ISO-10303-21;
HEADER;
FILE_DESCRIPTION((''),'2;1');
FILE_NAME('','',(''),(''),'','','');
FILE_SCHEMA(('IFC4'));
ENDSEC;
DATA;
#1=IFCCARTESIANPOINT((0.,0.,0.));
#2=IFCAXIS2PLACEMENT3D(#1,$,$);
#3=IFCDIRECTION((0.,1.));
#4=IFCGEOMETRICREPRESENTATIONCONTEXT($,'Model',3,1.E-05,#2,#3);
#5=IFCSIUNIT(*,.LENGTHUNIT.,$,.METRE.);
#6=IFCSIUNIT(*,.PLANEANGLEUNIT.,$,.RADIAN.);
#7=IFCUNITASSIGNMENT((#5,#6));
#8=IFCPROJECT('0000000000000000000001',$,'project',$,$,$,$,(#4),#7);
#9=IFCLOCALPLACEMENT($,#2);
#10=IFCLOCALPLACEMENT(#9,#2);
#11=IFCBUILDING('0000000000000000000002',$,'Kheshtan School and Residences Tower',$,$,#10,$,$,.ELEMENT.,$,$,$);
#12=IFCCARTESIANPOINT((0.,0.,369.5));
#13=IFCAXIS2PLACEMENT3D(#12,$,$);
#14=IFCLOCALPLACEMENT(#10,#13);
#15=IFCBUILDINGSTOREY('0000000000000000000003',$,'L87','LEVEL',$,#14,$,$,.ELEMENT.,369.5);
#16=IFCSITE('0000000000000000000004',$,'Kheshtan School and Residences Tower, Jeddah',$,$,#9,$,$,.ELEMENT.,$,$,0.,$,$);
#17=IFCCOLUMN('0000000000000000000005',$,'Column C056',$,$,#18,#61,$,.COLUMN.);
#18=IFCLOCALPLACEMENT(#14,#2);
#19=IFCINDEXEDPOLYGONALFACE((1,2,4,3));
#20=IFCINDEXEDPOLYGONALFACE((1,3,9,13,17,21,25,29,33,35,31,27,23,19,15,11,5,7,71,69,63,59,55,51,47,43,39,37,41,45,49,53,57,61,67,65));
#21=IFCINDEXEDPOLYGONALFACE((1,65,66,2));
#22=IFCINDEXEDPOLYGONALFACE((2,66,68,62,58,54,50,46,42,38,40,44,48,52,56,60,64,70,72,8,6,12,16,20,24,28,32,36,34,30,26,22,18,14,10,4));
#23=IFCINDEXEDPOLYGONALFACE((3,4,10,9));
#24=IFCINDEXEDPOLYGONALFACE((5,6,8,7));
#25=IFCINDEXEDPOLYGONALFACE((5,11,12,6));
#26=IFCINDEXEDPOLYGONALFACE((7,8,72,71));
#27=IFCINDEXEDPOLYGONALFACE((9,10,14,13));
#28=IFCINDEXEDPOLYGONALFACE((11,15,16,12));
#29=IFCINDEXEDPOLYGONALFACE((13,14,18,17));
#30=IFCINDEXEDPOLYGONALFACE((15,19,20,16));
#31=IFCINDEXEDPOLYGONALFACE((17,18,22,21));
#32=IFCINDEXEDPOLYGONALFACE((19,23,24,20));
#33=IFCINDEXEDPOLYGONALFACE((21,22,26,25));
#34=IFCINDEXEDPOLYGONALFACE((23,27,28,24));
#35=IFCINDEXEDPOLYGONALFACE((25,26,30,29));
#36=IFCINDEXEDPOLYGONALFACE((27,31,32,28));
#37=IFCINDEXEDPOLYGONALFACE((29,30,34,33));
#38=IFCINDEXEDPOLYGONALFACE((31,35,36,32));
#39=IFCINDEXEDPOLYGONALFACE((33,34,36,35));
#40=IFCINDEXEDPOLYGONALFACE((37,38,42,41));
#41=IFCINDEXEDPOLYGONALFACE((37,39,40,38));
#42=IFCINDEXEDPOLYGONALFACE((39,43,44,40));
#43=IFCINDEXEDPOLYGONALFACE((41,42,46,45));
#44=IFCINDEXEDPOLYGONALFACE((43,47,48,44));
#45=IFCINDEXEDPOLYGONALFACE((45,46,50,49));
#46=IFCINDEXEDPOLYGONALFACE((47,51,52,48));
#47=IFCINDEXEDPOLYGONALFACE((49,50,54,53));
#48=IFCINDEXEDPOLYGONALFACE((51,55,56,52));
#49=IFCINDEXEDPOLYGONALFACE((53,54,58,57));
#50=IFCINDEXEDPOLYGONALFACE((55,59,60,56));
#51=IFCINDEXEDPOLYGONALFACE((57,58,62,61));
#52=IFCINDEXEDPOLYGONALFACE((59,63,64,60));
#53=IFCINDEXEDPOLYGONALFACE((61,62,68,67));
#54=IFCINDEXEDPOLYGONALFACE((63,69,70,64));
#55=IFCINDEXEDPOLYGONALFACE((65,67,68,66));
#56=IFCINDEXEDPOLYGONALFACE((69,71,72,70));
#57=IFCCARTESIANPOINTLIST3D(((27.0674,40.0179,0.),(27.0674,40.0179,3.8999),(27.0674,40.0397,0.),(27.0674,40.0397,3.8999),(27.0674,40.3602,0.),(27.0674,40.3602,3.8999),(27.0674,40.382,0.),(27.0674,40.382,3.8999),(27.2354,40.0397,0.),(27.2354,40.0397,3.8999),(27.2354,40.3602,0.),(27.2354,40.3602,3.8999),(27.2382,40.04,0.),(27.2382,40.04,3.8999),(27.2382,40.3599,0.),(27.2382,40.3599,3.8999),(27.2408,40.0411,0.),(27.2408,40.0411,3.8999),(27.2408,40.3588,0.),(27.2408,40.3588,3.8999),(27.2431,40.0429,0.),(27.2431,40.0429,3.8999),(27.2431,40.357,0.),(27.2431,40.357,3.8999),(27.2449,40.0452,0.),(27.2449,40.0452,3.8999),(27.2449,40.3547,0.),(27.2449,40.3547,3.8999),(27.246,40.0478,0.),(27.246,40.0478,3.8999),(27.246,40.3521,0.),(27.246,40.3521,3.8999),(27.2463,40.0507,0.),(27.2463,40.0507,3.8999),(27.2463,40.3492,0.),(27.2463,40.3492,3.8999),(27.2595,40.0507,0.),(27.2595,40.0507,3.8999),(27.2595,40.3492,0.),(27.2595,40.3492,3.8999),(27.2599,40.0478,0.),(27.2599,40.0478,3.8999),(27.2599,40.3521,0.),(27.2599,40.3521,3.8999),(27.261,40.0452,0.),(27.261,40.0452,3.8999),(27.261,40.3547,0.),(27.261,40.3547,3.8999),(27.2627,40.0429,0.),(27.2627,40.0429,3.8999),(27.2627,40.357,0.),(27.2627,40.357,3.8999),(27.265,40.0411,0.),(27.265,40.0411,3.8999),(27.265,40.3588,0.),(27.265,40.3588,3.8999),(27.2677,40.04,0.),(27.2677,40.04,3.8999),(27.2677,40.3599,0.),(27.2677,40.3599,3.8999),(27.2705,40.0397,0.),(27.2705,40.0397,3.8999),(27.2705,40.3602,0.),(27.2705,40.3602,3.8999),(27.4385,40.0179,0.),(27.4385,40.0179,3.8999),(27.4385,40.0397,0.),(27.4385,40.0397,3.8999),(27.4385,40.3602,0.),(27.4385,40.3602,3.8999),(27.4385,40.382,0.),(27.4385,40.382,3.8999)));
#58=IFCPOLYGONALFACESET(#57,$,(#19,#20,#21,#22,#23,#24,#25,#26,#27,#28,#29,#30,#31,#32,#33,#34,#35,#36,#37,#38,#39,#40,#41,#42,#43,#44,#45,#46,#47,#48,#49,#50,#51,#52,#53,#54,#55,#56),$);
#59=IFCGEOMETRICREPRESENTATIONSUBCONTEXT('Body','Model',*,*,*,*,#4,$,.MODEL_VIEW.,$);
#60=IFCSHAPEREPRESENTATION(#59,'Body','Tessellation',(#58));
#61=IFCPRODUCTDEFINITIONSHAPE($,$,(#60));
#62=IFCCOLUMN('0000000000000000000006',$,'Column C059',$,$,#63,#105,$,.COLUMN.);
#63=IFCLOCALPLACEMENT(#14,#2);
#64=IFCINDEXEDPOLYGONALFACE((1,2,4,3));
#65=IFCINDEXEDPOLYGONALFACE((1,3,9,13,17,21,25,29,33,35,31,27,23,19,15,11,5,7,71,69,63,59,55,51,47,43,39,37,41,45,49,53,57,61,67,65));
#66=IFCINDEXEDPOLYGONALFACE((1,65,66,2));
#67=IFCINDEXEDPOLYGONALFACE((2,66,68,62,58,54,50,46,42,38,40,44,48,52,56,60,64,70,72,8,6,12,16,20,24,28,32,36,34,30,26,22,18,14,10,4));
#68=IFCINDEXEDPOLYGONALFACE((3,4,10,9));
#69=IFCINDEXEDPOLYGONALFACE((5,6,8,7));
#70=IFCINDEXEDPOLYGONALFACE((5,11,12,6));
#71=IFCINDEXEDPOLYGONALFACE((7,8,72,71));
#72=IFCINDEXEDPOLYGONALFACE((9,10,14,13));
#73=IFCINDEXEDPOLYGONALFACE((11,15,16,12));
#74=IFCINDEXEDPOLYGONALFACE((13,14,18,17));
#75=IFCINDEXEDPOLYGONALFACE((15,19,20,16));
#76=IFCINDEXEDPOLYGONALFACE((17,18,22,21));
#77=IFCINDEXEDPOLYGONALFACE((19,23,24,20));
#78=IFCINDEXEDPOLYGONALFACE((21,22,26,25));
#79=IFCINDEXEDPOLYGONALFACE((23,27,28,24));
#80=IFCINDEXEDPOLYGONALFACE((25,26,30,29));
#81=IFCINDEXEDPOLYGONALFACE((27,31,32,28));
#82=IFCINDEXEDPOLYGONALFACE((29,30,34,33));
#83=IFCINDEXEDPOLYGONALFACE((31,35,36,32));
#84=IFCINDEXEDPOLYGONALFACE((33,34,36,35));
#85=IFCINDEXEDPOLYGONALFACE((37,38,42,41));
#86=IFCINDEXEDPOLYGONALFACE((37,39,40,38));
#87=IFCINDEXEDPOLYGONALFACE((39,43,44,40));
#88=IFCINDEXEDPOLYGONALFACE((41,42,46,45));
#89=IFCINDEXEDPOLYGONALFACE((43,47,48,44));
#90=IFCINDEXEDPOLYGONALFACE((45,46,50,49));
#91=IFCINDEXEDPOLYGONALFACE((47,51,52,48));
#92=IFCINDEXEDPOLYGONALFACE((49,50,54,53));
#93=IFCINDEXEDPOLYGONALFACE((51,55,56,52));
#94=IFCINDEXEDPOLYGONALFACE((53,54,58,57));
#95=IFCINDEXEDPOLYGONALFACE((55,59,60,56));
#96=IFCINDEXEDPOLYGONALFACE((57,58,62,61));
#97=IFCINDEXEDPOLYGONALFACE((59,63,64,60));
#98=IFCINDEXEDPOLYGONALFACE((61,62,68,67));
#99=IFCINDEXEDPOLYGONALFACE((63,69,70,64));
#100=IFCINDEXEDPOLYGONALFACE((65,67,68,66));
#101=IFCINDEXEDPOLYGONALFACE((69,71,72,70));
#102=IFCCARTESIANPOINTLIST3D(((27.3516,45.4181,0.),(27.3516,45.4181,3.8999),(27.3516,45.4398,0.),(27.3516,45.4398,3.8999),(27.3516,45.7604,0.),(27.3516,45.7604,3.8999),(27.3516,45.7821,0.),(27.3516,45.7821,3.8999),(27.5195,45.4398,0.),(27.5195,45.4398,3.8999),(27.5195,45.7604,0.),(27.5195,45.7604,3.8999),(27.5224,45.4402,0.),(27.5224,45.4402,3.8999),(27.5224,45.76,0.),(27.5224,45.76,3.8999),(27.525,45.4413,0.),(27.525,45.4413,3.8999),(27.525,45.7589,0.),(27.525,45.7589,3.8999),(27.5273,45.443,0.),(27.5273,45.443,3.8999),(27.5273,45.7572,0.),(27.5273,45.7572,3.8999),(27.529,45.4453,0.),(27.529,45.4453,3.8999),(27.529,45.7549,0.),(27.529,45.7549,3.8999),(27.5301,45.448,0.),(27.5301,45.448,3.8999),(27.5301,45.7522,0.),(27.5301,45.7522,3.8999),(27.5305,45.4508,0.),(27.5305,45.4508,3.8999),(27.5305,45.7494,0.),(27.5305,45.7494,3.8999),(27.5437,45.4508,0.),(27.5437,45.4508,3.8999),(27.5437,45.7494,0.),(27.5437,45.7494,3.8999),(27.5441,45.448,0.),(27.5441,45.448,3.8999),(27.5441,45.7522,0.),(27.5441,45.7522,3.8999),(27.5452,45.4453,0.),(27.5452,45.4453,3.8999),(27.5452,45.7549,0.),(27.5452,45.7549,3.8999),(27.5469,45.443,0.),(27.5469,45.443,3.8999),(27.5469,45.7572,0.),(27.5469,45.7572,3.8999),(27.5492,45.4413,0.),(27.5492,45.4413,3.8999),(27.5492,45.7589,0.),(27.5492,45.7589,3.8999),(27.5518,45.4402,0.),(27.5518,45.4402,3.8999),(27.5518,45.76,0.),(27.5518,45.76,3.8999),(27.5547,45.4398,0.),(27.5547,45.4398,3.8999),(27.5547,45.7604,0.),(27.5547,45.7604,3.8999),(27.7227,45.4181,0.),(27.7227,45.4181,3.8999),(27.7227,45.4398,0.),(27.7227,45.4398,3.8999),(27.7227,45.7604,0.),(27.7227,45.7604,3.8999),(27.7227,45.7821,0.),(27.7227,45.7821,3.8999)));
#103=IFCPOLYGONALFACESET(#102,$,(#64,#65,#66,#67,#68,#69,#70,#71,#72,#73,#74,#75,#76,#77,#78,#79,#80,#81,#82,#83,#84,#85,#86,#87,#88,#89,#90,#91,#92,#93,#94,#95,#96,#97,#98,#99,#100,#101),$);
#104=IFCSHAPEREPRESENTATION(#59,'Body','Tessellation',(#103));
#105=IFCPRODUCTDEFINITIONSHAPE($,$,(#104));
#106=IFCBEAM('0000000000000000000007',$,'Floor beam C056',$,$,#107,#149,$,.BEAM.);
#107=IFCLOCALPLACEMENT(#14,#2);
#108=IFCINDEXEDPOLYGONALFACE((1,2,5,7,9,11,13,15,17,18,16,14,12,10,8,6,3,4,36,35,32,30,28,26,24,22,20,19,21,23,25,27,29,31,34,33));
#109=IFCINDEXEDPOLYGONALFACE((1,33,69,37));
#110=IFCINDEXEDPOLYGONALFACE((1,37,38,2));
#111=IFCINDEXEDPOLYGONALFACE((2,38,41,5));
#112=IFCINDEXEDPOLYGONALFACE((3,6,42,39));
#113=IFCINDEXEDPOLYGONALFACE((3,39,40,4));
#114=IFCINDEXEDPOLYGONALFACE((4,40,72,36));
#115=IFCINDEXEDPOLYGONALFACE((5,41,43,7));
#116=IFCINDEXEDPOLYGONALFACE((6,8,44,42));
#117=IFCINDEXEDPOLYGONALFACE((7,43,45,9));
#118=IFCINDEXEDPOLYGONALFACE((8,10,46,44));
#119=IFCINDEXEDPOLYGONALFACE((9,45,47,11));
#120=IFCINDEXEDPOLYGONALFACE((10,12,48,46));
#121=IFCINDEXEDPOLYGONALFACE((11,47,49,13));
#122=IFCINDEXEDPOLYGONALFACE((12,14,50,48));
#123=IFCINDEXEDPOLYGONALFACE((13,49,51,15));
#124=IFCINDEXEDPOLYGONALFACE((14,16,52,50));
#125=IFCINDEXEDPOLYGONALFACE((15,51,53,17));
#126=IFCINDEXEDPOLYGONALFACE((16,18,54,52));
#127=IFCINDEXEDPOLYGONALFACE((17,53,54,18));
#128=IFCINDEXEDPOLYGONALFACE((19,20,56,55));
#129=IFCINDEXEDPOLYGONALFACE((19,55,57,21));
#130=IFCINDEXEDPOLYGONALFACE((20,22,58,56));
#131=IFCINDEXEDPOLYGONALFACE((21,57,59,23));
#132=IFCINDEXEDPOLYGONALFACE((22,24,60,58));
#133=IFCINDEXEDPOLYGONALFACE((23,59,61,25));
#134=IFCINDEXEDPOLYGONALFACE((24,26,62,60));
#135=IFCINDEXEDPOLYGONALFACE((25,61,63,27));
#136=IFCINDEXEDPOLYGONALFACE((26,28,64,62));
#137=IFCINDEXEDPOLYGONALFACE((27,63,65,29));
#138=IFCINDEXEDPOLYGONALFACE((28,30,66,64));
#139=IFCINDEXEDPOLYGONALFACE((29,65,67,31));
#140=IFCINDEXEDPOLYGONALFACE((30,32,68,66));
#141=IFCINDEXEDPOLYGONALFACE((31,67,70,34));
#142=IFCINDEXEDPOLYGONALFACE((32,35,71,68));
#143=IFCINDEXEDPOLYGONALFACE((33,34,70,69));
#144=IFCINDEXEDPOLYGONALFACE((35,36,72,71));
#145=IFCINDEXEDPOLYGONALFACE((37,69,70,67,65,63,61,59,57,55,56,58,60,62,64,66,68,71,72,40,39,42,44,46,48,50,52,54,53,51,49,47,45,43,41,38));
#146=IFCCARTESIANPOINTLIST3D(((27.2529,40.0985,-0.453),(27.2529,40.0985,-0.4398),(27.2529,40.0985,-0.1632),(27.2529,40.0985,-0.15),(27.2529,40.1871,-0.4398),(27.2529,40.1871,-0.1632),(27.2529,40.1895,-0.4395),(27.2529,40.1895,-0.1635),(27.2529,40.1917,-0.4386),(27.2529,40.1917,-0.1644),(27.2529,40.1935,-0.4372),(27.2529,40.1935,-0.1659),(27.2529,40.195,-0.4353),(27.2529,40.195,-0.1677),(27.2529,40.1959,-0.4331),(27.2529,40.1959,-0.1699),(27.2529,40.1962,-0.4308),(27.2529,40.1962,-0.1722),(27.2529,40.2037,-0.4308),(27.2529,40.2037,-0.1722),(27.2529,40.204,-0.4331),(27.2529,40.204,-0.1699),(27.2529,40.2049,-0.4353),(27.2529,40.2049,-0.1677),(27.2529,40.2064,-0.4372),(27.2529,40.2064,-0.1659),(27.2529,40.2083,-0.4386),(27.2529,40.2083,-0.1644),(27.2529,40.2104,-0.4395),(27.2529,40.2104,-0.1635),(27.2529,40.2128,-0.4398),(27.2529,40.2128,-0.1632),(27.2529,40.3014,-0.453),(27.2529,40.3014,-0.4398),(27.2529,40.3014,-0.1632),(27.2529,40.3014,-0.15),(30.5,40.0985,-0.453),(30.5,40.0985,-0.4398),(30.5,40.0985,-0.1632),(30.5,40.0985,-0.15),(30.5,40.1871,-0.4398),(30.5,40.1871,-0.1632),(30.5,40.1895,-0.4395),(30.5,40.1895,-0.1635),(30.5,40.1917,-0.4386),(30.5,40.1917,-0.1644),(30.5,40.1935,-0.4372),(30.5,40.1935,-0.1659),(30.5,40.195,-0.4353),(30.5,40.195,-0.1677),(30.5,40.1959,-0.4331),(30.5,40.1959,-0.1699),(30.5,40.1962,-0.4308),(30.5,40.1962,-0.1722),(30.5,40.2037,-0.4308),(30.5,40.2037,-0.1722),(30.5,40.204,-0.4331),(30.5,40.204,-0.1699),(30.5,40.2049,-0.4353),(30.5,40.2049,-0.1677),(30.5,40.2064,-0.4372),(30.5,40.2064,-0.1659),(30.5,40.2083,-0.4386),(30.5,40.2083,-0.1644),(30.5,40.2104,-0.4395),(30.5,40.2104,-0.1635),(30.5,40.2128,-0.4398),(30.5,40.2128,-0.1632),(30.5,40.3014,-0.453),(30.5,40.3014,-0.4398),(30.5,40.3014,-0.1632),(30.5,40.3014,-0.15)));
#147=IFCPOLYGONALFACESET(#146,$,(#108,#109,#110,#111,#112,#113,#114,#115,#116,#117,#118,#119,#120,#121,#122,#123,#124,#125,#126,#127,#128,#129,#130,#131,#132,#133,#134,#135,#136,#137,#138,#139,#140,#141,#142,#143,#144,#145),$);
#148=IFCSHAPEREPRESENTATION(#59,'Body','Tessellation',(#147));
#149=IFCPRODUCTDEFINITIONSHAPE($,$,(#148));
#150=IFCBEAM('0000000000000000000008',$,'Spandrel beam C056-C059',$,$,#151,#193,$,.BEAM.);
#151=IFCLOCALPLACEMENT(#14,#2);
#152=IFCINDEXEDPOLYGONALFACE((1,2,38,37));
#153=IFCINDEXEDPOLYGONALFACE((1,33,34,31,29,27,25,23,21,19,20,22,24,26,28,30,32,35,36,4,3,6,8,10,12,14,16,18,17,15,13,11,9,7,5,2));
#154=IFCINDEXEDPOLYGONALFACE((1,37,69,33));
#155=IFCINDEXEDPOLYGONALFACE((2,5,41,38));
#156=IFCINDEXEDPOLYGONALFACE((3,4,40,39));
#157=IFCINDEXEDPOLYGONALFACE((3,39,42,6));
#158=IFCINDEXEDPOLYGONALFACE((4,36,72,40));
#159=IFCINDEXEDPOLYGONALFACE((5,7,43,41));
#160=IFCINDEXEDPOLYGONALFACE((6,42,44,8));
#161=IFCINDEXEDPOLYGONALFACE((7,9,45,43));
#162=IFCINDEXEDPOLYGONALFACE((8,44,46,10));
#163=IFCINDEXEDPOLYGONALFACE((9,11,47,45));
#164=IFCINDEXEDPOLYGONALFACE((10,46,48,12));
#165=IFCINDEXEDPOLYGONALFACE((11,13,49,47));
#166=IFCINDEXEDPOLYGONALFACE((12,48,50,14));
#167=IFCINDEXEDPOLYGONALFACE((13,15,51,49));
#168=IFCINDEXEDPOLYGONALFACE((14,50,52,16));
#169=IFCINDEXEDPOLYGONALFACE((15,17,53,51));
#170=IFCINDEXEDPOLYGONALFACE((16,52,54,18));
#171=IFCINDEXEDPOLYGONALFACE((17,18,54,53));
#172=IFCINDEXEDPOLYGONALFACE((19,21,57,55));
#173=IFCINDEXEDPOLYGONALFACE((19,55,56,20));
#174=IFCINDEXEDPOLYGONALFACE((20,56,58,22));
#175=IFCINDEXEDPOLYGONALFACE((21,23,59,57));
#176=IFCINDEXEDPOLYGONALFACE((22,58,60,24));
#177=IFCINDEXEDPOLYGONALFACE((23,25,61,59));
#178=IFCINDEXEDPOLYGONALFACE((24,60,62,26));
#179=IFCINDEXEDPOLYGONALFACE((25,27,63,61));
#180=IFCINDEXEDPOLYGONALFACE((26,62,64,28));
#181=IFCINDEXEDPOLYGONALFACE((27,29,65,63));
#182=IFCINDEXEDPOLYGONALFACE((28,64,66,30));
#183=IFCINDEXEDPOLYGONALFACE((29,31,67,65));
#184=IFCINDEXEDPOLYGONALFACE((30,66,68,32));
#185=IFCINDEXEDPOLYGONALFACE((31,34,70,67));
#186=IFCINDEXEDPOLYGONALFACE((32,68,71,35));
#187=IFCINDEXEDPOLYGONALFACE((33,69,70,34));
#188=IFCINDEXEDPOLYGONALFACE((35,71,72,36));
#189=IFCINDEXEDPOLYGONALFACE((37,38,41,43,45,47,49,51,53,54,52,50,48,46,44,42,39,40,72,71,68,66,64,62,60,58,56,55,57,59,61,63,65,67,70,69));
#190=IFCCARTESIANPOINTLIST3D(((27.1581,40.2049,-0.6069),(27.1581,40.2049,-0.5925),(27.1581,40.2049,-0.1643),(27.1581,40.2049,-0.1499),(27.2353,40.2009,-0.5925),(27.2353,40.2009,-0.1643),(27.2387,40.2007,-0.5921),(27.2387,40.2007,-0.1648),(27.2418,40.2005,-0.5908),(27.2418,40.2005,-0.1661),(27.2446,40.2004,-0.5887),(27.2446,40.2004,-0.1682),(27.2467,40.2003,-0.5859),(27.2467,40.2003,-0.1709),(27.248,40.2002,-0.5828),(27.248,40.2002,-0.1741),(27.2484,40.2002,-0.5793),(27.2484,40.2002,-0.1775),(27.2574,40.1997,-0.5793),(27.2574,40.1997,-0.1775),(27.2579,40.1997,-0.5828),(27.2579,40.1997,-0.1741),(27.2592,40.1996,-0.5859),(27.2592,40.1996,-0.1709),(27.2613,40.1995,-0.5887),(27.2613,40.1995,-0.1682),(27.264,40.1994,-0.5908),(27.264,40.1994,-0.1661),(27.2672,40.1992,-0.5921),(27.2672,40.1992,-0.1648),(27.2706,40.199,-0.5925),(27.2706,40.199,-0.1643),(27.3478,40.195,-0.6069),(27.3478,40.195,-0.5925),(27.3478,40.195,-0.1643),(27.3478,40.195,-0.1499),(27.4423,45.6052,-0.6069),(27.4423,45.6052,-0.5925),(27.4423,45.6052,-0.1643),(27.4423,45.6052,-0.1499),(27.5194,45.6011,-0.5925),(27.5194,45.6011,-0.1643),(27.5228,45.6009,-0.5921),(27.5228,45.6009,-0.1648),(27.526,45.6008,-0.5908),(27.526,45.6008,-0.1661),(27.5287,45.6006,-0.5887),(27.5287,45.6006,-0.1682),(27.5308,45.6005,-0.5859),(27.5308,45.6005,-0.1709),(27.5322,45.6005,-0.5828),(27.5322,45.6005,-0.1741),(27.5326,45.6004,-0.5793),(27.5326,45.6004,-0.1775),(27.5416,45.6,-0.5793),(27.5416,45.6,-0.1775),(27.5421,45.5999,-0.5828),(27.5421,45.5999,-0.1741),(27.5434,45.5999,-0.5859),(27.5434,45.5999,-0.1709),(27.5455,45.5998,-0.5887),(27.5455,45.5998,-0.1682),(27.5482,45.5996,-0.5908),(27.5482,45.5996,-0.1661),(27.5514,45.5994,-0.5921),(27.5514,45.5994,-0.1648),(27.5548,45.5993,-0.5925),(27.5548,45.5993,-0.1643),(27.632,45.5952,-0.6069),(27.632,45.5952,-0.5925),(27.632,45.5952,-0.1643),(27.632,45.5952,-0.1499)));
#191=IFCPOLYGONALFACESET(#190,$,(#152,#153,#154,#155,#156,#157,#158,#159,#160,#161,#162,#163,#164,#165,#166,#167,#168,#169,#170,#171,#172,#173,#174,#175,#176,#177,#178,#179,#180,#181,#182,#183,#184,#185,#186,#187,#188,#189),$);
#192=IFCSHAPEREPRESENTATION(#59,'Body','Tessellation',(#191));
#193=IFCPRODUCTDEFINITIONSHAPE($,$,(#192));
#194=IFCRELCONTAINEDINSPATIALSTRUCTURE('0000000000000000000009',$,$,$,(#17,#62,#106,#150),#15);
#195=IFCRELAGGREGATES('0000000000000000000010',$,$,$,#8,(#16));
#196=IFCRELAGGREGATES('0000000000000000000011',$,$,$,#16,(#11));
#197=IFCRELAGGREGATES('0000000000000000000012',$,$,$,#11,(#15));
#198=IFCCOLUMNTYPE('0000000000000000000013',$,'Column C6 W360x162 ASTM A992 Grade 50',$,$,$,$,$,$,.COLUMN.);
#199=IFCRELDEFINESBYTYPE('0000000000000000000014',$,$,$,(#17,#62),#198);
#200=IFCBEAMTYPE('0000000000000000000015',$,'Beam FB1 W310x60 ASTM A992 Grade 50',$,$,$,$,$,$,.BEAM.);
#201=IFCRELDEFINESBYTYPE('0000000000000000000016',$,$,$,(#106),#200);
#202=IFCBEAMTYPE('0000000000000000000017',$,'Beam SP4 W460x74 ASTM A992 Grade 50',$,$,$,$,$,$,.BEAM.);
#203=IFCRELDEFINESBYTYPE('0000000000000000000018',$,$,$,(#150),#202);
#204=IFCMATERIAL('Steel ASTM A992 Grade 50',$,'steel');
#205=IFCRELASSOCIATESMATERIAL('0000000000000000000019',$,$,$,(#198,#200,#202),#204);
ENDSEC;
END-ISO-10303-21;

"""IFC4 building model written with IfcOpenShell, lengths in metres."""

from ifc_helpers import new_model, si_unit, direction, frame, origin, origin_2d, place, context, subcontext, project, spatial, i_section, extrude, material, material_profile, profile_set, type_object, element, save


model = new_model("IFC4")

# Units and contexts
model_context = context("Model", 3, precision=1e-05, world=origin(), true_north=direction((0.0, 1.0)))
body_context = subcontext(model_context, "Body", "Model", "MODEL_VIEW")
ifc_project = project(units=[si_unit("LENGTHUNIT", "METRE"), si_unit("PLANEANGLEUNIT", "RADIAN")], contexts=[model_context])

# Site, building, storey
site_placement = place(None, origin())
site = spatial("IfcSite", under=ifc_project, at=site_placement, Name="Kheshtan School and Residences Tower, Jeddah", CompositionType="ELEMENT", RefElevation=0.0)
building_placement = place(site_placement, origin())
building = spatial("IfcBuilding", under=site, at=building_placement, Name="Kheshtan School and Residences Tower", CompositionType="ELEMENT")
storey_placement = place(building_placement, frame((0.0, 0.0, 369.5)))
storey = spatial("IfcBuildingStorey", under=building, at=storey_placement, Name="L87", Description="LEVEL", CompositionType="ELEMENT", Elevation=369.5)

# Columns
ifc_material_1 = material(Name="Steel ASTM A992 Grade 50", Category="steel")
ifc_material_profile_1 = material_profile(ifc_material_1, i_section(OverallWidth=0.3711, OverallDepth=0.364, WebThickness=0.0132, FlangeThickness=0.0217, FilletRadius=0.011, at=origin_2d()), Name="W360x162")
ifc_profile_set_1 = profile_set([ifc_material_profile_1], Name="Steel ASTM A992 Grade 50")
column_type = type_object("IfcColumnType", Name="Column C6 W360x162 ASTM A992 Grade 50", PredefinedType="COLUMN", material=ifc_profile_set_1)
for number, where, z_axis, x_axis, name in (
    (1, (27.2529, 40.2, 0.0), (0.0, 0.0, 1.0), (1.0, 0.0, 0.0), "Column C056"),
    (2, (27.5371, 45.6001, 0.0), (0.0, 0.0, 1.0), (1.0, 0.0, 0.0), "Column C059"),
):
    element("IfcColumn", number, at=place(storey_placement, frame(where, z_axis=z_axis, x_axis=x_axis)), inside=storey, type_object=column_type, Name=name, PredefinedType="COLUMN", context=body_context, shape_type="SweptSolid", body=[
        extrude(i_section(OverallWidth=0.3711, OverallDepth=0.364, WebThickness=0.0132, FlangeThickness=0.0217, FilletRadius=0.011, at=origin_2d()), origin(), (0.0, 0.0, 1.0), 3.8999),
    ])

# Beams
ifc_material_profile_2 = material_profile(ifc_material_1, i_section(OverallWidth=0.2029, OverallDepth=0.303, WebThickness=0.0076, FlangeThickness=0.0132, FilletRadius=0.009, at=origin_2d()), Name="W310x60")
ifc_profile_set_2 = profile_set([ifc_material_profile_2], Name="Steel ASTM A992 Grade 50")
beam_type_1 = type_object("IfcBeamType", Name="Beam FB1 W310x60 ASTM A992 Grade 50", PredefinedType="BEAM", material=ifc_profile_set_2)
beam_1_placement = place(storey_placement, frame((27.2529, 40.2, -0.3015), z_axis=(1.0, 0.0, 0.0), x_axis=(0.0, 1.0, 0.0)))
element("IfcBeam", 3, at=beam_1_placement, inside=storey, type_object=beam_type_1, Name="Floor beam C056", PredefinedType="BEAM", context=body_context, shape_type="SweptSolid", body=[
    extrude(i_section(OverallWidth=0.2029, OverallDepth=0.303, WebThickness=0.0076, FlangeThickness=0.0132, FilletRadius=0.009, at=origin_2d()), origin(), (0.0, 0.0, 1.0), 3.2471),
])
ifc_material_profile_3 = material_profile(ifc_material_1, i_section(OverallWidth=0.1899, OverallDepth=0.457, WebThickness=0.009, FlangeThickness=0.0144, FilletRadius=0.0132, at=origin_2d()), Name="W460x74")
ifc_profile_set_3 = profile_set([ifc_material_profile_3], Name="Steel ASTM A992 Grade 50")
beam_type_2 = type_object("IfcBeamType", Name="Beam SP4 W460x74 ASTM A992 Grade 50", PredefinedType="BEAM", material=ifc_profile_set_3)
beam_2_placement = place(storey_placement, frame((27.2529, 40.2, -0.3784), z_axis=(0.052552, 0.998618, 0.0), x_axis=(-0.998618, 0.052552, 0.0)))
element("IfcBeam", 4, at=beam_2_placement, inside=storey, type_object=beam_type_2, Name="Spandrel beam C056-C059", PredefinedType="BEAM", context=body_context, shape_type="SweptSolid", body=[
    extrude(i_section(OverallWidth=0.1899, OverallDepth=0.457, WebThickness=0.009, FlangeThickness=0.0144, FilletRadius=0.0132, at=origin_2d()), origin(), (0.0, 0.0, 1.0), 5.4077),
])

save(model, "model.ifc")
